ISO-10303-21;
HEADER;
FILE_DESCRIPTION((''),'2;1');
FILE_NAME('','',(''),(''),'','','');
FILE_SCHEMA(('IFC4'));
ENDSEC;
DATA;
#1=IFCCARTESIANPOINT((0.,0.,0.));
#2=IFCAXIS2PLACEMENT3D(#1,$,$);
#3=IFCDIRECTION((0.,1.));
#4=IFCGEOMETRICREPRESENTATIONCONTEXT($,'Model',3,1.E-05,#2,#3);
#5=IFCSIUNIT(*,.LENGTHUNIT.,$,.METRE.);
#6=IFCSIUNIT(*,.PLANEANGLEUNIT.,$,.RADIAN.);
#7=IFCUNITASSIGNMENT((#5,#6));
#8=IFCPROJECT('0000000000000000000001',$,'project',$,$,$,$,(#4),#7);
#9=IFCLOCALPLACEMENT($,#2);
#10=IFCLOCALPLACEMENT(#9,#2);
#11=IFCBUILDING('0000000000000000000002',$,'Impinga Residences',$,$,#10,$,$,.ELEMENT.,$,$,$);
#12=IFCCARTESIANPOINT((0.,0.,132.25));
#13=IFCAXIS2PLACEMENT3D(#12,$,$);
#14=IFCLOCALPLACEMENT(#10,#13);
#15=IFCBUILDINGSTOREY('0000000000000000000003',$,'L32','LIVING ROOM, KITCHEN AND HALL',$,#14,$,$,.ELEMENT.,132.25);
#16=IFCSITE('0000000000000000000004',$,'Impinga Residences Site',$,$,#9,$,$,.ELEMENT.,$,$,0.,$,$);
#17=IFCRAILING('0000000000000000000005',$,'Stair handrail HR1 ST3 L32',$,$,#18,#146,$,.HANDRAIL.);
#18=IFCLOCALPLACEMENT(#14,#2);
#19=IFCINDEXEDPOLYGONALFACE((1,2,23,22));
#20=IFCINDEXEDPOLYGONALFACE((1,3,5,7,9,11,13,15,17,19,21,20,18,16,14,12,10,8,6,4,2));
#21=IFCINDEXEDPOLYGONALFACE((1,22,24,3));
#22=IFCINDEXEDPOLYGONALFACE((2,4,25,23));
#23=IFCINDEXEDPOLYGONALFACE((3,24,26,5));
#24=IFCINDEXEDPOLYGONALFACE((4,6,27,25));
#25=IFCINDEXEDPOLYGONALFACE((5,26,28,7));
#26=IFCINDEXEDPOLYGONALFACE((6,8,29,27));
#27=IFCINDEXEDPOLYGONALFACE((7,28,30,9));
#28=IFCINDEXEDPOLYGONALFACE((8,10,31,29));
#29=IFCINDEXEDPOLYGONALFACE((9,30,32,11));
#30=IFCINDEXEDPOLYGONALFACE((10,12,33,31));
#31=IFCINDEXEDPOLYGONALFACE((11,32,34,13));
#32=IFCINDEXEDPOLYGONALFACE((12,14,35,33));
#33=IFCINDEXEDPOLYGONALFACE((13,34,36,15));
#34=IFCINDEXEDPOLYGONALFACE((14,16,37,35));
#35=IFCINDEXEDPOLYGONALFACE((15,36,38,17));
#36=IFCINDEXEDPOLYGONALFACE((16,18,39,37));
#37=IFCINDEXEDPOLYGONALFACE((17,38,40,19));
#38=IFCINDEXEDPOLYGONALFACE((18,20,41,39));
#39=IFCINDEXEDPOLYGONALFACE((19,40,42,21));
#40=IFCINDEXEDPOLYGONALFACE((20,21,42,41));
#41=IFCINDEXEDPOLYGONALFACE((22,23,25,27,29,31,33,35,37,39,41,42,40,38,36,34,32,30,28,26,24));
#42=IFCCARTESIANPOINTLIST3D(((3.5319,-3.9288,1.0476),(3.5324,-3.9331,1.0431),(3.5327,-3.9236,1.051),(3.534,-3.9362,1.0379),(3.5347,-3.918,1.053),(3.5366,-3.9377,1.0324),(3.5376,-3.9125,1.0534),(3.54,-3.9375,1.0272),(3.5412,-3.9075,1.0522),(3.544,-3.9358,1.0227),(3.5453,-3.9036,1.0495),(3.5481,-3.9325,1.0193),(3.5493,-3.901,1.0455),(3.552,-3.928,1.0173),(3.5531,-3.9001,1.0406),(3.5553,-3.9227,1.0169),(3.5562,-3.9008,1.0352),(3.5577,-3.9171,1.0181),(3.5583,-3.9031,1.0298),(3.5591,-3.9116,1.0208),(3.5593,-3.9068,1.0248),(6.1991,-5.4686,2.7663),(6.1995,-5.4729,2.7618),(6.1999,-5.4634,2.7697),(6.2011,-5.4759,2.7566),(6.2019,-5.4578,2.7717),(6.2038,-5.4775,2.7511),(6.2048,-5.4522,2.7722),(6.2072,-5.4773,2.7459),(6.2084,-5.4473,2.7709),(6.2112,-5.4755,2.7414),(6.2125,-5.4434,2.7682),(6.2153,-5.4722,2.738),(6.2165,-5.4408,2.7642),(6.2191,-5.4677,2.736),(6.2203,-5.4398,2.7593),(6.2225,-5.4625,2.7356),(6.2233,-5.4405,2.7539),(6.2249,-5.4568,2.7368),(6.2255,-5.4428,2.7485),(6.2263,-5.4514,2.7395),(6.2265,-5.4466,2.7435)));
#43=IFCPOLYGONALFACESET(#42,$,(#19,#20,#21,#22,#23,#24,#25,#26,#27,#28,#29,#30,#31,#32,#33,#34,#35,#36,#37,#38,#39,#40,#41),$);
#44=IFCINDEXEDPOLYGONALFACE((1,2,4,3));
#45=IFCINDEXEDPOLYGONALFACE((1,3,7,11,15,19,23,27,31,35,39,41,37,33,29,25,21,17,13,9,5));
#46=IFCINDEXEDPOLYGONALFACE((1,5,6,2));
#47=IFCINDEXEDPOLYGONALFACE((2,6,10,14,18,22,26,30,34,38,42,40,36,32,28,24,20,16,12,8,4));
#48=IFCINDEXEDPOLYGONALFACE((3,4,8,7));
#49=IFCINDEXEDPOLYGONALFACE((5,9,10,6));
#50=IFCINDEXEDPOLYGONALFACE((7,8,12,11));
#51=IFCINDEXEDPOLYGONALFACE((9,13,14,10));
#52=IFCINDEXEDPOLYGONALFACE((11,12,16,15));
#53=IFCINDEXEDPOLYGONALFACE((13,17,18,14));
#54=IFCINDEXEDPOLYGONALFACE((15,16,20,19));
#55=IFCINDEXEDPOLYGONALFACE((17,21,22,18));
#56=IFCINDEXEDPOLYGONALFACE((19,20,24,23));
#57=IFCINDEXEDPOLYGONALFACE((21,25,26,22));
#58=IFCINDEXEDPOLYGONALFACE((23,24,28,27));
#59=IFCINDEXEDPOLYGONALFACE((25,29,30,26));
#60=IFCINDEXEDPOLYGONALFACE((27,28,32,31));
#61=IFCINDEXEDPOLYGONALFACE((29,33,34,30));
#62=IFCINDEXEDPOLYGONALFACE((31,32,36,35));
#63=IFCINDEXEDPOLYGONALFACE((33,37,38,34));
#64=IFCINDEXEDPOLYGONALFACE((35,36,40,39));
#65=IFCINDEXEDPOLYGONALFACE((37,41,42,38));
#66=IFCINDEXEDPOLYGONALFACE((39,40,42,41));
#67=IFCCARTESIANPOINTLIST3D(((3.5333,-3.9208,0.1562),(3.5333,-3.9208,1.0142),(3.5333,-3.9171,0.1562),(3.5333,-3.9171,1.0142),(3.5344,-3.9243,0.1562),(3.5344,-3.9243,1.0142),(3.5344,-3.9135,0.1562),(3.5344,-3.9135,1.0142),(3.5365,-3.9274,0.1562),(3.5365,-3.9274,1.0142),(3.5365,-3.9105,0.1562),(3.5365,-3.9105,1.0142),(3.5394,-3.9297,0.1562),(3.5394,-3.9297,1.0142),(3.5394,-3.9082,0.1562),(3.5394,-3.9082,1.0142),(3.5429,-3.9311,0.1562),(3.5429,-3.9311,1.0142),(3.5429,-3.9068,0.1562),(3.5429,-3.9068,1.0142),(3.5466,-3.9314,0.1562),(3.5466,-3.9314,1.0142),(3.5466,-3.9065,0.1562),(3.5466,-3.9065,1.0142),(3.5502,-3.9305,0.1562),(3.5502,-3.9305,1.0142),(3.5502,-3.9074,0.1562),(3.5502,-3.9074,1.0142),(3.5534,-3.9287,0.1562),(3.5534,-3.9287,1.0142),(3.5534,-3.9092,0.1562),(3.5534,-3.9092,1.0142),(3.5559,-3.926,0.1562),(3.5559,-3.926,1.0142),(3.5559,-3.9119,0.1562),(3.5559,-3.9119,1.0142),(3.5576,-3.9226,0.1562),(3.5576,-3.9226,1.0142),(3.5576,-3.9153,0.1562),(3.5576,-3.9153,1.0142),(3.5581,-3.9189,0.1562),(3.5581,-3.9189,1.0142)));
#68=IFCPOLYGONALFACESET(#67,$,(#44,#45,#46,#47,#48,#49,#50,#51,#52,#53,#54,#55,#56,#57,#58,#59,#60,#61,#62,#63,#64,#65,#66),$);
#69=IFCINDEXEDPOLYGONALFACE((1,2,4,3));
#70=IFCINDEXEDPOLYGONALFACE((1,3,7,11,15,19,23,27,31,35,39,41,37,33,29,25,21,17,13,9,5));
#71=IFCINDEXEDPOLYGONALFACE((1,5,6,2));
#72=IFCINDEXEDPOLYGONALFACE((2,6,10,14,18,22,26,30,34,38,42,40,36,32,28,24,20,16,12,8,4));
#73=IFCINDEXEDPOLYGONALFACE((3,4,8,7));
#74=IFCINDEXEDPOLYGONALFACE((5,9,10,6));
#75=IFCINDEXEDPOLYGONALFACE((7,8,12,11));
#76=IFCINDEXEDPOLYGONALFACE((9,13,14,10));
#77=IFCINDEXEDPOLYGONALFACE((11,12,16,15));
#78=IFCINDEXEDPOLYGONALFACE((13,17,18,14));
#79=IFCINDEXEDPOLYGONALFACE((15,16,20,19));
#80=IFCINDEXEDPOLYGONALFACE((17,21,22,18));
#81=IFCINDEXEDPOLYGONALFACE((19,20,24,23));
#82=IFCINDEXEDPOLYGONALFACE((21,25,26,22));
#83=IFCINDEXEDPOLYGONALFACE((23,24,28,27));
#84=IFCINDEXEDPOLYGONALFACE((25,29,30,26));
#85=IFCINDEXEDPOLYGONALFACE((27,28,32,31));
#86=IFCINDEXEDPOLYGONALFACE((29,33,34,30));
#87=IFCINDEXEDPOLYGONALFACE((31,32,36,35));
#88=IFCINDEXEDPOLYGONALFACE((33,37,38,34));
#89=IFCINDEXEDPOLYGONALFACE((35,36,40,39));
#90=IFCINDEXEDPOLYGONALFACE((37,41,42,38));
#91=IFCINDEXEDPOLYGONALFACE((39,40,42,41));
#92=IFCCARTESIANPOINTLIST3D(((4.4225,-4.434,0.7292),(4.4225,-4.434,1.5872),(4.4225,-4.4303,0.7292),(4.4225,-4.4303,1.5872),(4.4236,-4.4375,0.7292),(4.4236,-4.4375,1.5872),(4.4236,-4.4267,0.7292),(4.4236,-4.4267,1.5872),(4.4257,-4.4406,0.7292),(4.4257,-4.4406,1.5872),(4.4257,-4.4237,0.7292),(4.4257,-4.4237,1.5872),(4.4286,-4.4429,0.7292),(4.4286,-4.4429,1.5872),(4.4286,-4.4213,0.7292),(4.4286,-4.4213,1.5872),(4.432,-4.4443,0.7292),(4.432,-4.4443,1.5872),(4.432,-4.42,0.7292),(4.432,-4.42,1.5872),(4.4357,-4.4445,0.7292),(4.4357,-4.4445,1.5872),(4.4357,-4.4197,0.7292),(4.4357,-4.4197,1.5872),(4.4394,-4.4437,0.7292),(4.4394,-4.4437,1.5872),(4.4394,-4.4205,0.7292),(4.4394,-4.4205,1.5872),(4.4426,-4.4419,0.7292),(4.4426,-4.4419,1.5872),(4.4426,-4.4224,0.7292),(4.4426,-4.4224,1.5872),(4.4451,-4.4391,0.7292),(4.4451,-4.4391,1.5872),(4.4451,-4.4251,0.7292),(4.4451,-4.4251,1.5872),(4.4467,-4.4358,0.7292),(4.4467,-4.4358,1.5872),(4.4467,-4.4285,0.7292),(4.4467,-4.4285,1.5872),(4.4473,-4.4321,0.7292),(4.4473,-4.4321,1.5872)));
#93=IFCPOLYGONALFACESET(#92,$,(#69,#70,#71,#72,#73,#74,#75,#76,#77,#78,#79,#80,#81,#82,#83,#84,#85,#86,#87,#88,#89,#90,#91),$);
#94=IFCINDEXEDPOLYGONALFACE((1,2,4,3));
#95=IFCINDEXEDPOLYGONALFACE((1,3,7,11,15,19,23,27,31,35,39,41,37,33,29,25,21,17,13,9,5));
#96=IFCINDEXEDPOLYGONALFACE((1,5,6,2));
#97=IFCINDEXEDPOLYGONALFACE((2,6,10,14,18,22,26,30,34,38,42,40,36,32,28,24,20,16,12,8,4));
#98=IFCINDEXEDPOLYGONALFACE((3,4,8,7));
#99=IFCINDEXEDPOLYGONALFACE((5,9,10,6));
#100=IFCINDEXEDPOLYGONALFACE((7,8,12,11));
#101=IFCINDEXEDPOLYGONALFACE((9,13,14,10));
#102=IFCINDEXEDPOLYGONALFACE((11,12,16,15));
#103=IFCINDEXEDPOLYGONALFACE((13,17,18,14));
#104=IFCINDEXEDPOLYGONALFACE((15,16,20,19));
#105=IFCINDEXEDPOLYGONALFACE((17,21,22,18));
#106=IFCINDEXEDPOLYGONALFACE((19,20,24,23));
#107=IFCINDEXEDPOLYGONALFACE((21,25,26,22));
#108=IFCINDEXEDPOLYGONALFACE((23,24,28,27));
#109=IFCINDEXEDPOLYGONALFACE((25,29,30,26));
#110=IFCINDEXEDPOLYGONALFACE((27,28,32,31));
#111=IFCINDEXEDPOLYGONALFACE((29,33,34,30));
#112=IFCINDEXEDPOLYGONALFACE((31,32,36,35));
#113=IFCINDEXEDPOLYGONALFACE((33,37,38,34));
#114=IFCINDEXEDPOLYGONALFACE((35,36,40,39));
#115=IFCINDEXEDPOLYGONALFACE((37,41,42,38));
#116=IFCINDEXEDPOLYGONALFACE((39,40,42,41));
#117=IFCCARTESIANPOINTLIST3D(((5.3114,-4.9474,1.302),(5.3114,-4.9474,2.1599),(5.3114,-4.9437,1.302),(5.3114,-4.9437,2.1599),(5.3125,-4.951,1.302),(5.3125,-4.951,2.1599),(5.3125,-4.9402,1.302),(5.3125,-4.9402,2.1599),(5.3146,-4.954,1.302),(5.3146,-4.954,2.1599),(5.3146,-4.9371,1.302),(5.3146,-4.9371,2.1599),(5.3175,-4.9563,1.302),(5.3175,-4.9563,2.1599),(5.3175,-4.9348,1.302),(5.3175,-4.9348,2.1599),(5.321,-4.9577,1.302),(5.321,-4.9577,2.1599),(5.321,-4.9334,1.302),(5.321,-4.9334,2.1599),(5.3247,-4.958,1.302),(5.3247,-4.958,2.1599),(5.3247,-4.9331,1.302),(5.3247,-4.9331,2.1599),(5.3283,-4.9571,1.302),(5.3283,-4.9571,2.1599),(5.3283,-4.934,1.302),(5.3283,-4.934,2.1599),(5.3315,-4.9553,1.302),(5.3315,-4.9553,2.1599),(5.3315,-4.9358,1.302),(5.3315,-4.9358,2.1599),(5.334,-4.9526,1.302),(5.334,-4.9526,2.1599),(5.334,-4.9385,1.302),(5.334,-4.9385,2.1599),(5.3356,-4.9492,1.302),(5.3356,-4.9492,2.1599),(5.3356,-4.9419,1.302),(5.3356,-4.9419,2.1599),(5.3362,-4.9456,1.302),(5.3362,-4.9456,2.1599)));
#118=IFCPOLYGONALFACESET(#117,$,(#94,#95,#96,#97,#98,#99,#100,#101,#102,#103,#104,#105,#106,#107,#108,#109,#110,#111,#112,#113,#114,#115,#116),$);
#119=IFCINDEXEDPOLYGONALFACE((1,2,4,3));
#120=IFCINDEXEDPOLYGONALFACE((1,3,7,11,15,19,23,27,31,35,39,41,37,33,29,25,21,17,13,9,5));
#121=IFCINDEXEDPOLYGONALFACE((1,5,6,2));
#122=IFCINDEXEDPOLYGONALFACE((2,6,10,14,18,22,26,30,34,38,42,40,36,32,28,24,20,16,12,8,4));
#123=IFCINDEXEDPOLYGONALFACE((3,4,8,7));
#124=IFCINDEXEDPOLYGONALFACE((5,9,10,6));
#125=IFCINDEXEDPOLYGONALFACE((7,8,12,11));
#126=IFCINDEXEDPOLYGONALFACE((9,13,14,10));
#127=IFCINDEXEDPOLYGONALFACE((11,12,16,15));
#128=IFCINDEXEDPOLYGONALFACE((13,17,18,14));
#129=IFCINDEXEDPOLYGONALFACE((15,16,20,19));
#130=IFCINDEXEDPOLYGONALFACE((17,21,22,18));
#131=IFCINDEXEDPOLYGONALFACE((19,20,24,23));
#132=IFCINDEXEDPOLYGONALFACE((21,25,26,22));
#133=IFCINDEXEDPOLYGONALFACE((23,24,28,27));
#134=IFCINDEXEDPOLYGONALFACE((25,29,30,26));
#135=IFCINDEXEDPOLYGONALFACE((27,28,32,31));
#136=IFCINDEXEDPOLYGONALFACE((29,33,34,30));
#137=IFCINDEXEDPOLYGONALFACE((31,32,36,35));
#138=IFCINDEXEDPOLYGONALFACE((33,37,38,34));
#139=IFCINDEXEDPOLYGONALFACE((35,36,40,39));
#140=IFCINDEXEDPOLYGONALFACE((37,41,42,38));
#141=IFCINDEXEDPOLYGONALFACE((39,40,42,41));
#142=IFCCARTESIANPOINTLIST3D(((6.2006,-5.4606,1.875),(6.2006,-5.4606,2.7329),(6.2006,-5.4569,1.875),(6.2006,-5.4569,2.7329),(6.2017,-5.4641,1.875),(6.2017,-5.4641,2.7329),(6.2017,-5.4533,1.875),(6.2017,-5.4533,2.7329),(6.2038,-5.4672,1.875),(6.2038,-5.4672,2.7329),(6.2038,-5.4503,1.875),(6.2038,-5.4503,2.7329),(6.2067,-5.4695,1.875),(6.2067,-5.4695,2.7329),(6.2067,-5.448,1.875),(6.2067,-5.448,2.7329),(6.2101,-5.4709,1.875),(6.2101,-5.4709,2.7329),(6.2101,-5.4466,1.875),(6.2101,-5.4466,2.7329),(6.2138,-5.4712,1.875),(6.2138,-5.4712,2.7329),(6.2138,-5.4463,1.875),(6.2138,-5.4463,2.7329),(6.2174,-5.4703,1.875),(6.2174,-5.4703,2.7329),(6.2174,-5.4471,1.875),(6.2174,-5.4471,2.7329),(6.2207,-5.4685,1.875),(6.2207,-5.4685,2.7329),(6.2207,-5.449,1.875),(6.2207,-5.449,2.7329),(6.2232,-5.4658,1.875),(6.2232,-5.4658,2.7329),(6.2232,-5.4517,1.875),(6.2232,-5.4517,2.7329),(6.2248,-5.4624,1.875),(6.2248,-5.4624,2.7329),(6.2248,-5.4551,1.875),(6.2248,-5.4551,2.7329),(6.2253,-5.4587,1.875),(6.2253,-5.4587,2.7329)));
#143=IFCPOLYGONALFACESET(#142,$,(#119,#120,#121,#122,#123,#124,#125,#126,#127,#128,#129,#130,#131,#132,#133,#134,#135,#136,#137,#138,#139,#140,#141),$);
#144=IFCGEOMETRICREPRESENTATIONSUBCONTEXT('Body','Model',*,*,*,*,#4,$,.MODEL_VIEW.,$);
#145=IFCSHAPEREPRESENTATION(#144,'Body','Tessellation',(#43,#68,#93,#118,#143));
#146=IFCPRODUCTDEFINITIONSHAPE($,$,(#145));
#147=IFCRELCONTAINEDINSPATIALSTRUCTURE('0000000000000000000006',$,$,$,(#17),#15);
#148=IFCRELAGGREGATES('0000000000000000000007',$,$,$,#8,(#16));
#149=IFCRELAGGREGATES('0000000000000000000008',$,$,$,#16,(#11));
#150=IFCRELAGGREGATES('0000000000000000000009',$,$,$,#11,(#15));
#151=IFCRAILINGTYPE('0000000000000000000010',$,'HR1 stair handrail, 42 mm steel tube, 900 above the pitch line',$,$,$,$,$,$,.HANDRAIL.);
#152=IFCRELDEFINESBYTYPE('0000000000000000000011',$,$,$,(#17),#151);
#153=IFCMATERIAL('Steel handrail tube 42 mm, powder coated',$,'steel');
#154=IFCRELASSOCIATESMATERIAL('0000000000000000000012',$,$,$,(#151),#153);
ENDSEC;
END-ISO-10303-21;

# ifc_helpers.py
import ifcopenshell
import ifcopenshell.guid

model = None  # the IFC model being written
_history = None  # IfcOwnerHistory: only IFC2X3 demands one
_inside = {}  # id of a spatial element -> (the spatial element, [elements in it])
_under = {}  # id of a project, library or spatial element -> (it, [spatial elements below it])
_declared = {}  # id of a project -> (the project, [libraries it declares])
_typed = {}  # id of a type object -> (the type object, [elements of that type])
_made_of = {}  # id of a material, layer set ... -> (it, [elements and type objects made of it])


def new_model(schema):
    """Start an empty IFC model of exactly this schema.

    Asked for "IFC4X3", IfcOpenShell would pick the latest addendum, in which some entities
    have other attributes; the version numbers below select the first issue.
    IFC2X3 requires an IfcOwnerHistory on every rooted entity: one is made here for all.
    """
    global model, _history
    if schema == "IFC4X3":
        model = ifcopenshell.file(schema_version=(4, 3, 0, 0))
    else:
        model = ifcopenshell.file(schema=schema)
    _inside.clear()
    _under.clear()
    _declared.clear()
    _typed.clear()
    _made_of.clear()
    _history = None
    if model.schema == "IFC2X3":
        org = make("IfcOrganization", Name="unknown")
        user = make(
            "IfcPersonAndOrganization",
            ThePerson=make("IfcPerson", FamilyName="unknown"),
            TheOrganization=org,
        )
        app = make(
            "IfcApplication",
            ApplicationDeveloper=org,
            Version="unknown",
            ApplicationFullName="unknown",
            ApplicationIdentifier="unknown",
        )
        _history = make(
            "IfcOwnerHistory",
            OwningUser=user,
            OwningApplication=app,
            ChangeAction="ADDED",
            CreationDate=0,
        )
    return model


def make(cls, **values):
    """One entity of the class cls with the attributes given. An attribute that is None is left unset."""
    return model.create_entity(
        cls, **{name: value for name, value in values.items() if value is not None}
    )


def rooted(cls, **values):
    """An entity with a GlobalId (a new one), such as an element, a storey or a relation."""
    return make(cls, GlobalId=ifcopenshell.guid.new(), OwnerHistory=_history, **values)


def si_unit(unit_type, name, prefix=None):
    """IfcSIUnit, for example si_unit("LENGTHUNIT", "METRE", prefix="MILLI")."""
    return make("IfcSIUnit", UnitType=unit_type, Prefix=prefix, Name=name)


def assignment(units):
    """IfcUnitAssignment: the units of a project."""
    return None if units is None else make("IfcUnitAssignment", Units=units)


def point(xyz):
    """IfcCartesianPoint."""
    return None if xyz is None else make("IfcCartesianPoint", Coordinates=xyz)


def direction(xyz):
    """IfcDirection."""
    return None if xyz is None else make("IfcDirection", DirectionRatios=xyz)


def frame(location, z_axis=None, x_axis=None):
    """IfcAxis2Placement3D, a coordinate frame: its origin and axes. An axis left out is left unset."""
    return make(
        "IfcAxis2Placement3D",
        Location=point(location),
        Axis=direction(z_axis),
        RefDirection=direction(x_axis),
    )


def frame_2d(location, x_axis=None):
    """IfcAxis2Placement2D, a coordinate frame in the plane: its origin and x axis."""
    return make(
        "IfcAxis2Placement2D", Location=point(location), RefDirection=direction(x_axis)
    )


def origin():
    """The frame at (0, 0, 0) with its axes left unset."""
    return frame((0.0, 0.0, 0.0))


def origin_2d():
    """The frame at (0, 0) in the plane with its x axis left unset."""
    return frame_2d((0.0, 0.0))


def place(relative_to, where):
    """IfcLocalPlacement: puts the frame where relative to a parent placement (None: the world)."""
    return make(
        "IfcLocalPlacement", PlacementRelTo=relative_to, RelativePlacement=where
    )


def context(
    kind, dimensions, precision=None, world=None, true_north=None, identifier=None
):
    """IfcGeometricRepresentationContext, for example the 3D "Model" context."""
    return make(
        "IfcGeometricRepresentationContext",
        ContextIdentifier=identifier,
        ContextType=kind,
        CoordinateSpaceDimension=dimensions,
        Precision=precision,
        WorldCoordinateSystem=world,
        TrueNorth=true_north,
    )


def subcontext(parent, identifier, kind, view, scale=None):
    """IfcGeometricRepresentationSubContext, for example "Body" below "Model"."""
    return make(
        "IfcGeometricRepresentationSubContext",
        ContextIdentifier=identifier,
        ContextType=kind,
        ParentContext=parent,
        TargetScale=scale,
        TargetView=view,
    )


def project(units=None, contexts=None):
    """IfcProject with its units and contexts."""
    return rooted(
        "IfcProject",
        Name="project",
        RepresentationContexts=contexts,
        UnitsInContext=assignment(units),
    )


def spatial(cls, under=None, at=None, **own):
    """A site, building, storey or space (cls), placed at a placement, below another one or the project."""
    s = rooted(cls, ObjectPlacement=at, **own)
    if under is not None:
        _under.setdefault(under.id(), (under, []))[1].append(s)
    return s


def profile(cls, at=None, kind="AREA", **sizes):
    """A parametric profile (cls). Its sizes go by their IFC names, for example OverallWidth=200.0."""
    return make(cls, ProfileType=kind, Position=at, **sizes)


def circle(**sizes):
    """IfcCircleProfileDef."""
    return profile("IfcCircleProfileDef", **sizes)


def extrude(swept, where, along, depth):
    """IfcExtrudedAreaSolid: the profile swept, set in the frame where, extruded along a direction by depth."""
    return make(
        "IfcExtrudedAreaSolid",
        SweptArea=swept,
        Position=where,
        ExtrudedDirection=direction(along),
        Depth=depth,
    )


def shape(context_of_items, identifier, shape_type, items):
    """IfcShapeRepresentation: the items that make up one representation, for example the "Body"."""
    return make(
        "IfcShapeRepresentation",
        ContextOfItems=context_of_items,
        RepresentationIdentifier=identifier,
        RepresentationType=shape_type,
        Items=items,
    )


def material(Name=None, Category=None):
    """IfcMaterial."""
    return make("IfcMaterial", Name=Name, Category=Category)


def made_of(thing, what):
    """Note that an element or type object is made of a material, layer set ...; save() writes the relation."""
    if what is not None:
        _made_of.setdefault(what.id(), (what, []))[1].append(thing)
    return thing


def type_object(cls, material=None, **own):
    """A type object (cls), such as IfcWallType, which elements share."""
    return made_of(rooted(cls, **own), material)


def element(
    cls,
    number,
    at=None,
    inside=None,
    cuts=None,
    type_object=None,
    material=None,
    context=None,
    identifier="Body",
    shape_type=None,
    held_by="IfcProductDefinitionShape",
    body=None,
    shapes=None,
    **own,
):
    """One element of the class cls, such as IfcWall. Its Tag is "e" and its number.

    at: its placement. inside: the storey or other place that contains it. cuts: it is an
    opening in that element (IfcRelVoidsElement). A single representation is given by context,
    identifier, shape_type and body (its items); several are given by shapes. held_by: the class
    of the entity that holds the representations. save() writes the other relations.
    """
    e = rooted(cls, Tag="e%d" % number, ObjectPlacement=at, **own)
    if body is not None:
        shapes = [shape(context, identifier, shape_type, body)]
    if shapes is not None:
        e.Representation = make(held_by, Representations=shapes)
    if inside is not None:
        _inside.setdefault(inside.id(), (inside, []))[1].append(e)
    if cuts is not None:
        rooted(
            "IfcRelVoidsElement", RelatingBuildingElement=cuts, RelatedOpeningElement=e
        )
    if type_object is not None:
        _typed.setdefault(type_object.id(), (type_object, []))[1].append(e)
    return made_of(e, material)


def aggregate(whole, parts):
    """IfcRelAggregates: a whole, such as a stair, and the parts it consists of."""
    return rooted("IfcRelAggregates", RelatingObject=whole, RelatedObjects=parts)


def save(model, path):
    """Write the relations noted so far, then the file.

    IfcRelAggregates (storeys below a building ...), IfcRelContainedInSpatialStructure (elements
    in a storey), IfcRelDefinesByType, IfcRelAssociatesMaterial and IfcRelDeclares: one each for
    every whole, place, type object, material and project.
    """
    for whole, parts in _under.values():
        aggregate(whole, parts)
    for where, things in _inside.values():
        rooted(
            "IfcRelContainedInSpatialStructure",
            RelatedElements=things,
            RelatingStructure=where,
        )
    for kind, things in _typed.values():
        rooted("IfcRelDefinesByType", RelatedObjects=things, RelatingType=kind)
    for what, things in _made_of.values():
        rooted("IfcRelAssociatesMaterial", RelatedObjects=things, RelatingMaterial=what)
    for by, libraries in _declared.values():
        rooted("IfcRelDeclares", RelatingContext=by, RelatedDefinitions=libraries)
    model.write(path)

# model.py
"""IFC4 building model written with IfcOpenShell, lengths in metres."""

from ifc_helpers import new_model, si_unit, direction, frame, origin, origin_2d, place, context, subcontext, project, spatial, circle, extrude, material, type_object, element, save


model = new_model("IFC4")

# Units and contexts
model_context = context("Model", 3, precision=1e-05, world=origin(), true_north=direction((0.0, 1.0)))
body_context = subcontext(model_context, "Body", "Model", "MODEL_VIEW")
ifc_project = project(units=[si_unit("LENGTHUNIT", "METRE"), si_unit("PLANEANGLEUNIT", "RADIAN")], contexts=[model_context])

# Site, building, storey
site_placement = place(None, origin())
site = spatial("IfcSite", under=ifc_project, at=site_placement, Name="Impinga Residences Site", CompositionType="ELEMENT", RefElevation=0.0)
building_placement = place(site_placement, origin())
building = spatial("IfcBuilding", under=site, at=building_placement, Name="Impinga Residences", CompositionType="ELEMENT")
storey_placement = place(building_placement, frame((0.0, 0.0, 132.25)))
storey = spatial("IfcBuildingStorey", under=building, at=storey_placement, Name="L32", Description="LIVING ROOM, KITCHEN AND HALL", CompositionType="ELEMENT", Elevation=132.25)

# Railing
ifc_material_1 = material(Name="Steel handrail tube 42 mm, powder coated", Category="steel")
railing_type_1 = type_object("IfcRailingType", Name="HR1 stair handrail, 42 mm steel tube, 900 above the pitch line", PredefinedType="HANDRAIL", material=ifc_material_1)
railing_1_placement = place(storey_placement, frame((3.5457, -3.9189, 0.1562)))
element("IfcRailing", 1, at=railing_1_placement, inside=storey, type_object=railing_type_1, Name="Stair handrail HR1 ST3 L32", PredefinedType="HANDRAIL", context=body_context, shape_type="SweptSolid", body=[
    extrude(circle(Radius=0.021, at=origin_2d()), frame((0.0, 0.0, 0.8789), z_axis=(0.756249, -0.436582, 0.487322), x_axis=(0.499967, 0.866044, 0.0)), (0.0, 0.0, 1.0), 3.5269),
    extrude(circle(Radius=0.0125, at=origin_2d()), origin(), (0.0, 0.0, 1.0), 0.8579),
    extrude(circle(Radius=0.0125, at=origin_2d()), frame((0.8892, -0.5132, 0.573)), (0.0, 0.0, 1.0), 0.8579),
    extrude(circle(Radius=0.0125, at=origin_2d()), frame((1.7781, -1.0266, 1.1458)), (0.0, 0.0, 1.0), 0.8579),
    extrude(circle(Radius=0.0125, at=origin_2d()), frame((2.6672, -1.5398, 1.7188)), (0.0, 0.0, 1.0), 0.8579),
])

save(model, "model.ifc")
